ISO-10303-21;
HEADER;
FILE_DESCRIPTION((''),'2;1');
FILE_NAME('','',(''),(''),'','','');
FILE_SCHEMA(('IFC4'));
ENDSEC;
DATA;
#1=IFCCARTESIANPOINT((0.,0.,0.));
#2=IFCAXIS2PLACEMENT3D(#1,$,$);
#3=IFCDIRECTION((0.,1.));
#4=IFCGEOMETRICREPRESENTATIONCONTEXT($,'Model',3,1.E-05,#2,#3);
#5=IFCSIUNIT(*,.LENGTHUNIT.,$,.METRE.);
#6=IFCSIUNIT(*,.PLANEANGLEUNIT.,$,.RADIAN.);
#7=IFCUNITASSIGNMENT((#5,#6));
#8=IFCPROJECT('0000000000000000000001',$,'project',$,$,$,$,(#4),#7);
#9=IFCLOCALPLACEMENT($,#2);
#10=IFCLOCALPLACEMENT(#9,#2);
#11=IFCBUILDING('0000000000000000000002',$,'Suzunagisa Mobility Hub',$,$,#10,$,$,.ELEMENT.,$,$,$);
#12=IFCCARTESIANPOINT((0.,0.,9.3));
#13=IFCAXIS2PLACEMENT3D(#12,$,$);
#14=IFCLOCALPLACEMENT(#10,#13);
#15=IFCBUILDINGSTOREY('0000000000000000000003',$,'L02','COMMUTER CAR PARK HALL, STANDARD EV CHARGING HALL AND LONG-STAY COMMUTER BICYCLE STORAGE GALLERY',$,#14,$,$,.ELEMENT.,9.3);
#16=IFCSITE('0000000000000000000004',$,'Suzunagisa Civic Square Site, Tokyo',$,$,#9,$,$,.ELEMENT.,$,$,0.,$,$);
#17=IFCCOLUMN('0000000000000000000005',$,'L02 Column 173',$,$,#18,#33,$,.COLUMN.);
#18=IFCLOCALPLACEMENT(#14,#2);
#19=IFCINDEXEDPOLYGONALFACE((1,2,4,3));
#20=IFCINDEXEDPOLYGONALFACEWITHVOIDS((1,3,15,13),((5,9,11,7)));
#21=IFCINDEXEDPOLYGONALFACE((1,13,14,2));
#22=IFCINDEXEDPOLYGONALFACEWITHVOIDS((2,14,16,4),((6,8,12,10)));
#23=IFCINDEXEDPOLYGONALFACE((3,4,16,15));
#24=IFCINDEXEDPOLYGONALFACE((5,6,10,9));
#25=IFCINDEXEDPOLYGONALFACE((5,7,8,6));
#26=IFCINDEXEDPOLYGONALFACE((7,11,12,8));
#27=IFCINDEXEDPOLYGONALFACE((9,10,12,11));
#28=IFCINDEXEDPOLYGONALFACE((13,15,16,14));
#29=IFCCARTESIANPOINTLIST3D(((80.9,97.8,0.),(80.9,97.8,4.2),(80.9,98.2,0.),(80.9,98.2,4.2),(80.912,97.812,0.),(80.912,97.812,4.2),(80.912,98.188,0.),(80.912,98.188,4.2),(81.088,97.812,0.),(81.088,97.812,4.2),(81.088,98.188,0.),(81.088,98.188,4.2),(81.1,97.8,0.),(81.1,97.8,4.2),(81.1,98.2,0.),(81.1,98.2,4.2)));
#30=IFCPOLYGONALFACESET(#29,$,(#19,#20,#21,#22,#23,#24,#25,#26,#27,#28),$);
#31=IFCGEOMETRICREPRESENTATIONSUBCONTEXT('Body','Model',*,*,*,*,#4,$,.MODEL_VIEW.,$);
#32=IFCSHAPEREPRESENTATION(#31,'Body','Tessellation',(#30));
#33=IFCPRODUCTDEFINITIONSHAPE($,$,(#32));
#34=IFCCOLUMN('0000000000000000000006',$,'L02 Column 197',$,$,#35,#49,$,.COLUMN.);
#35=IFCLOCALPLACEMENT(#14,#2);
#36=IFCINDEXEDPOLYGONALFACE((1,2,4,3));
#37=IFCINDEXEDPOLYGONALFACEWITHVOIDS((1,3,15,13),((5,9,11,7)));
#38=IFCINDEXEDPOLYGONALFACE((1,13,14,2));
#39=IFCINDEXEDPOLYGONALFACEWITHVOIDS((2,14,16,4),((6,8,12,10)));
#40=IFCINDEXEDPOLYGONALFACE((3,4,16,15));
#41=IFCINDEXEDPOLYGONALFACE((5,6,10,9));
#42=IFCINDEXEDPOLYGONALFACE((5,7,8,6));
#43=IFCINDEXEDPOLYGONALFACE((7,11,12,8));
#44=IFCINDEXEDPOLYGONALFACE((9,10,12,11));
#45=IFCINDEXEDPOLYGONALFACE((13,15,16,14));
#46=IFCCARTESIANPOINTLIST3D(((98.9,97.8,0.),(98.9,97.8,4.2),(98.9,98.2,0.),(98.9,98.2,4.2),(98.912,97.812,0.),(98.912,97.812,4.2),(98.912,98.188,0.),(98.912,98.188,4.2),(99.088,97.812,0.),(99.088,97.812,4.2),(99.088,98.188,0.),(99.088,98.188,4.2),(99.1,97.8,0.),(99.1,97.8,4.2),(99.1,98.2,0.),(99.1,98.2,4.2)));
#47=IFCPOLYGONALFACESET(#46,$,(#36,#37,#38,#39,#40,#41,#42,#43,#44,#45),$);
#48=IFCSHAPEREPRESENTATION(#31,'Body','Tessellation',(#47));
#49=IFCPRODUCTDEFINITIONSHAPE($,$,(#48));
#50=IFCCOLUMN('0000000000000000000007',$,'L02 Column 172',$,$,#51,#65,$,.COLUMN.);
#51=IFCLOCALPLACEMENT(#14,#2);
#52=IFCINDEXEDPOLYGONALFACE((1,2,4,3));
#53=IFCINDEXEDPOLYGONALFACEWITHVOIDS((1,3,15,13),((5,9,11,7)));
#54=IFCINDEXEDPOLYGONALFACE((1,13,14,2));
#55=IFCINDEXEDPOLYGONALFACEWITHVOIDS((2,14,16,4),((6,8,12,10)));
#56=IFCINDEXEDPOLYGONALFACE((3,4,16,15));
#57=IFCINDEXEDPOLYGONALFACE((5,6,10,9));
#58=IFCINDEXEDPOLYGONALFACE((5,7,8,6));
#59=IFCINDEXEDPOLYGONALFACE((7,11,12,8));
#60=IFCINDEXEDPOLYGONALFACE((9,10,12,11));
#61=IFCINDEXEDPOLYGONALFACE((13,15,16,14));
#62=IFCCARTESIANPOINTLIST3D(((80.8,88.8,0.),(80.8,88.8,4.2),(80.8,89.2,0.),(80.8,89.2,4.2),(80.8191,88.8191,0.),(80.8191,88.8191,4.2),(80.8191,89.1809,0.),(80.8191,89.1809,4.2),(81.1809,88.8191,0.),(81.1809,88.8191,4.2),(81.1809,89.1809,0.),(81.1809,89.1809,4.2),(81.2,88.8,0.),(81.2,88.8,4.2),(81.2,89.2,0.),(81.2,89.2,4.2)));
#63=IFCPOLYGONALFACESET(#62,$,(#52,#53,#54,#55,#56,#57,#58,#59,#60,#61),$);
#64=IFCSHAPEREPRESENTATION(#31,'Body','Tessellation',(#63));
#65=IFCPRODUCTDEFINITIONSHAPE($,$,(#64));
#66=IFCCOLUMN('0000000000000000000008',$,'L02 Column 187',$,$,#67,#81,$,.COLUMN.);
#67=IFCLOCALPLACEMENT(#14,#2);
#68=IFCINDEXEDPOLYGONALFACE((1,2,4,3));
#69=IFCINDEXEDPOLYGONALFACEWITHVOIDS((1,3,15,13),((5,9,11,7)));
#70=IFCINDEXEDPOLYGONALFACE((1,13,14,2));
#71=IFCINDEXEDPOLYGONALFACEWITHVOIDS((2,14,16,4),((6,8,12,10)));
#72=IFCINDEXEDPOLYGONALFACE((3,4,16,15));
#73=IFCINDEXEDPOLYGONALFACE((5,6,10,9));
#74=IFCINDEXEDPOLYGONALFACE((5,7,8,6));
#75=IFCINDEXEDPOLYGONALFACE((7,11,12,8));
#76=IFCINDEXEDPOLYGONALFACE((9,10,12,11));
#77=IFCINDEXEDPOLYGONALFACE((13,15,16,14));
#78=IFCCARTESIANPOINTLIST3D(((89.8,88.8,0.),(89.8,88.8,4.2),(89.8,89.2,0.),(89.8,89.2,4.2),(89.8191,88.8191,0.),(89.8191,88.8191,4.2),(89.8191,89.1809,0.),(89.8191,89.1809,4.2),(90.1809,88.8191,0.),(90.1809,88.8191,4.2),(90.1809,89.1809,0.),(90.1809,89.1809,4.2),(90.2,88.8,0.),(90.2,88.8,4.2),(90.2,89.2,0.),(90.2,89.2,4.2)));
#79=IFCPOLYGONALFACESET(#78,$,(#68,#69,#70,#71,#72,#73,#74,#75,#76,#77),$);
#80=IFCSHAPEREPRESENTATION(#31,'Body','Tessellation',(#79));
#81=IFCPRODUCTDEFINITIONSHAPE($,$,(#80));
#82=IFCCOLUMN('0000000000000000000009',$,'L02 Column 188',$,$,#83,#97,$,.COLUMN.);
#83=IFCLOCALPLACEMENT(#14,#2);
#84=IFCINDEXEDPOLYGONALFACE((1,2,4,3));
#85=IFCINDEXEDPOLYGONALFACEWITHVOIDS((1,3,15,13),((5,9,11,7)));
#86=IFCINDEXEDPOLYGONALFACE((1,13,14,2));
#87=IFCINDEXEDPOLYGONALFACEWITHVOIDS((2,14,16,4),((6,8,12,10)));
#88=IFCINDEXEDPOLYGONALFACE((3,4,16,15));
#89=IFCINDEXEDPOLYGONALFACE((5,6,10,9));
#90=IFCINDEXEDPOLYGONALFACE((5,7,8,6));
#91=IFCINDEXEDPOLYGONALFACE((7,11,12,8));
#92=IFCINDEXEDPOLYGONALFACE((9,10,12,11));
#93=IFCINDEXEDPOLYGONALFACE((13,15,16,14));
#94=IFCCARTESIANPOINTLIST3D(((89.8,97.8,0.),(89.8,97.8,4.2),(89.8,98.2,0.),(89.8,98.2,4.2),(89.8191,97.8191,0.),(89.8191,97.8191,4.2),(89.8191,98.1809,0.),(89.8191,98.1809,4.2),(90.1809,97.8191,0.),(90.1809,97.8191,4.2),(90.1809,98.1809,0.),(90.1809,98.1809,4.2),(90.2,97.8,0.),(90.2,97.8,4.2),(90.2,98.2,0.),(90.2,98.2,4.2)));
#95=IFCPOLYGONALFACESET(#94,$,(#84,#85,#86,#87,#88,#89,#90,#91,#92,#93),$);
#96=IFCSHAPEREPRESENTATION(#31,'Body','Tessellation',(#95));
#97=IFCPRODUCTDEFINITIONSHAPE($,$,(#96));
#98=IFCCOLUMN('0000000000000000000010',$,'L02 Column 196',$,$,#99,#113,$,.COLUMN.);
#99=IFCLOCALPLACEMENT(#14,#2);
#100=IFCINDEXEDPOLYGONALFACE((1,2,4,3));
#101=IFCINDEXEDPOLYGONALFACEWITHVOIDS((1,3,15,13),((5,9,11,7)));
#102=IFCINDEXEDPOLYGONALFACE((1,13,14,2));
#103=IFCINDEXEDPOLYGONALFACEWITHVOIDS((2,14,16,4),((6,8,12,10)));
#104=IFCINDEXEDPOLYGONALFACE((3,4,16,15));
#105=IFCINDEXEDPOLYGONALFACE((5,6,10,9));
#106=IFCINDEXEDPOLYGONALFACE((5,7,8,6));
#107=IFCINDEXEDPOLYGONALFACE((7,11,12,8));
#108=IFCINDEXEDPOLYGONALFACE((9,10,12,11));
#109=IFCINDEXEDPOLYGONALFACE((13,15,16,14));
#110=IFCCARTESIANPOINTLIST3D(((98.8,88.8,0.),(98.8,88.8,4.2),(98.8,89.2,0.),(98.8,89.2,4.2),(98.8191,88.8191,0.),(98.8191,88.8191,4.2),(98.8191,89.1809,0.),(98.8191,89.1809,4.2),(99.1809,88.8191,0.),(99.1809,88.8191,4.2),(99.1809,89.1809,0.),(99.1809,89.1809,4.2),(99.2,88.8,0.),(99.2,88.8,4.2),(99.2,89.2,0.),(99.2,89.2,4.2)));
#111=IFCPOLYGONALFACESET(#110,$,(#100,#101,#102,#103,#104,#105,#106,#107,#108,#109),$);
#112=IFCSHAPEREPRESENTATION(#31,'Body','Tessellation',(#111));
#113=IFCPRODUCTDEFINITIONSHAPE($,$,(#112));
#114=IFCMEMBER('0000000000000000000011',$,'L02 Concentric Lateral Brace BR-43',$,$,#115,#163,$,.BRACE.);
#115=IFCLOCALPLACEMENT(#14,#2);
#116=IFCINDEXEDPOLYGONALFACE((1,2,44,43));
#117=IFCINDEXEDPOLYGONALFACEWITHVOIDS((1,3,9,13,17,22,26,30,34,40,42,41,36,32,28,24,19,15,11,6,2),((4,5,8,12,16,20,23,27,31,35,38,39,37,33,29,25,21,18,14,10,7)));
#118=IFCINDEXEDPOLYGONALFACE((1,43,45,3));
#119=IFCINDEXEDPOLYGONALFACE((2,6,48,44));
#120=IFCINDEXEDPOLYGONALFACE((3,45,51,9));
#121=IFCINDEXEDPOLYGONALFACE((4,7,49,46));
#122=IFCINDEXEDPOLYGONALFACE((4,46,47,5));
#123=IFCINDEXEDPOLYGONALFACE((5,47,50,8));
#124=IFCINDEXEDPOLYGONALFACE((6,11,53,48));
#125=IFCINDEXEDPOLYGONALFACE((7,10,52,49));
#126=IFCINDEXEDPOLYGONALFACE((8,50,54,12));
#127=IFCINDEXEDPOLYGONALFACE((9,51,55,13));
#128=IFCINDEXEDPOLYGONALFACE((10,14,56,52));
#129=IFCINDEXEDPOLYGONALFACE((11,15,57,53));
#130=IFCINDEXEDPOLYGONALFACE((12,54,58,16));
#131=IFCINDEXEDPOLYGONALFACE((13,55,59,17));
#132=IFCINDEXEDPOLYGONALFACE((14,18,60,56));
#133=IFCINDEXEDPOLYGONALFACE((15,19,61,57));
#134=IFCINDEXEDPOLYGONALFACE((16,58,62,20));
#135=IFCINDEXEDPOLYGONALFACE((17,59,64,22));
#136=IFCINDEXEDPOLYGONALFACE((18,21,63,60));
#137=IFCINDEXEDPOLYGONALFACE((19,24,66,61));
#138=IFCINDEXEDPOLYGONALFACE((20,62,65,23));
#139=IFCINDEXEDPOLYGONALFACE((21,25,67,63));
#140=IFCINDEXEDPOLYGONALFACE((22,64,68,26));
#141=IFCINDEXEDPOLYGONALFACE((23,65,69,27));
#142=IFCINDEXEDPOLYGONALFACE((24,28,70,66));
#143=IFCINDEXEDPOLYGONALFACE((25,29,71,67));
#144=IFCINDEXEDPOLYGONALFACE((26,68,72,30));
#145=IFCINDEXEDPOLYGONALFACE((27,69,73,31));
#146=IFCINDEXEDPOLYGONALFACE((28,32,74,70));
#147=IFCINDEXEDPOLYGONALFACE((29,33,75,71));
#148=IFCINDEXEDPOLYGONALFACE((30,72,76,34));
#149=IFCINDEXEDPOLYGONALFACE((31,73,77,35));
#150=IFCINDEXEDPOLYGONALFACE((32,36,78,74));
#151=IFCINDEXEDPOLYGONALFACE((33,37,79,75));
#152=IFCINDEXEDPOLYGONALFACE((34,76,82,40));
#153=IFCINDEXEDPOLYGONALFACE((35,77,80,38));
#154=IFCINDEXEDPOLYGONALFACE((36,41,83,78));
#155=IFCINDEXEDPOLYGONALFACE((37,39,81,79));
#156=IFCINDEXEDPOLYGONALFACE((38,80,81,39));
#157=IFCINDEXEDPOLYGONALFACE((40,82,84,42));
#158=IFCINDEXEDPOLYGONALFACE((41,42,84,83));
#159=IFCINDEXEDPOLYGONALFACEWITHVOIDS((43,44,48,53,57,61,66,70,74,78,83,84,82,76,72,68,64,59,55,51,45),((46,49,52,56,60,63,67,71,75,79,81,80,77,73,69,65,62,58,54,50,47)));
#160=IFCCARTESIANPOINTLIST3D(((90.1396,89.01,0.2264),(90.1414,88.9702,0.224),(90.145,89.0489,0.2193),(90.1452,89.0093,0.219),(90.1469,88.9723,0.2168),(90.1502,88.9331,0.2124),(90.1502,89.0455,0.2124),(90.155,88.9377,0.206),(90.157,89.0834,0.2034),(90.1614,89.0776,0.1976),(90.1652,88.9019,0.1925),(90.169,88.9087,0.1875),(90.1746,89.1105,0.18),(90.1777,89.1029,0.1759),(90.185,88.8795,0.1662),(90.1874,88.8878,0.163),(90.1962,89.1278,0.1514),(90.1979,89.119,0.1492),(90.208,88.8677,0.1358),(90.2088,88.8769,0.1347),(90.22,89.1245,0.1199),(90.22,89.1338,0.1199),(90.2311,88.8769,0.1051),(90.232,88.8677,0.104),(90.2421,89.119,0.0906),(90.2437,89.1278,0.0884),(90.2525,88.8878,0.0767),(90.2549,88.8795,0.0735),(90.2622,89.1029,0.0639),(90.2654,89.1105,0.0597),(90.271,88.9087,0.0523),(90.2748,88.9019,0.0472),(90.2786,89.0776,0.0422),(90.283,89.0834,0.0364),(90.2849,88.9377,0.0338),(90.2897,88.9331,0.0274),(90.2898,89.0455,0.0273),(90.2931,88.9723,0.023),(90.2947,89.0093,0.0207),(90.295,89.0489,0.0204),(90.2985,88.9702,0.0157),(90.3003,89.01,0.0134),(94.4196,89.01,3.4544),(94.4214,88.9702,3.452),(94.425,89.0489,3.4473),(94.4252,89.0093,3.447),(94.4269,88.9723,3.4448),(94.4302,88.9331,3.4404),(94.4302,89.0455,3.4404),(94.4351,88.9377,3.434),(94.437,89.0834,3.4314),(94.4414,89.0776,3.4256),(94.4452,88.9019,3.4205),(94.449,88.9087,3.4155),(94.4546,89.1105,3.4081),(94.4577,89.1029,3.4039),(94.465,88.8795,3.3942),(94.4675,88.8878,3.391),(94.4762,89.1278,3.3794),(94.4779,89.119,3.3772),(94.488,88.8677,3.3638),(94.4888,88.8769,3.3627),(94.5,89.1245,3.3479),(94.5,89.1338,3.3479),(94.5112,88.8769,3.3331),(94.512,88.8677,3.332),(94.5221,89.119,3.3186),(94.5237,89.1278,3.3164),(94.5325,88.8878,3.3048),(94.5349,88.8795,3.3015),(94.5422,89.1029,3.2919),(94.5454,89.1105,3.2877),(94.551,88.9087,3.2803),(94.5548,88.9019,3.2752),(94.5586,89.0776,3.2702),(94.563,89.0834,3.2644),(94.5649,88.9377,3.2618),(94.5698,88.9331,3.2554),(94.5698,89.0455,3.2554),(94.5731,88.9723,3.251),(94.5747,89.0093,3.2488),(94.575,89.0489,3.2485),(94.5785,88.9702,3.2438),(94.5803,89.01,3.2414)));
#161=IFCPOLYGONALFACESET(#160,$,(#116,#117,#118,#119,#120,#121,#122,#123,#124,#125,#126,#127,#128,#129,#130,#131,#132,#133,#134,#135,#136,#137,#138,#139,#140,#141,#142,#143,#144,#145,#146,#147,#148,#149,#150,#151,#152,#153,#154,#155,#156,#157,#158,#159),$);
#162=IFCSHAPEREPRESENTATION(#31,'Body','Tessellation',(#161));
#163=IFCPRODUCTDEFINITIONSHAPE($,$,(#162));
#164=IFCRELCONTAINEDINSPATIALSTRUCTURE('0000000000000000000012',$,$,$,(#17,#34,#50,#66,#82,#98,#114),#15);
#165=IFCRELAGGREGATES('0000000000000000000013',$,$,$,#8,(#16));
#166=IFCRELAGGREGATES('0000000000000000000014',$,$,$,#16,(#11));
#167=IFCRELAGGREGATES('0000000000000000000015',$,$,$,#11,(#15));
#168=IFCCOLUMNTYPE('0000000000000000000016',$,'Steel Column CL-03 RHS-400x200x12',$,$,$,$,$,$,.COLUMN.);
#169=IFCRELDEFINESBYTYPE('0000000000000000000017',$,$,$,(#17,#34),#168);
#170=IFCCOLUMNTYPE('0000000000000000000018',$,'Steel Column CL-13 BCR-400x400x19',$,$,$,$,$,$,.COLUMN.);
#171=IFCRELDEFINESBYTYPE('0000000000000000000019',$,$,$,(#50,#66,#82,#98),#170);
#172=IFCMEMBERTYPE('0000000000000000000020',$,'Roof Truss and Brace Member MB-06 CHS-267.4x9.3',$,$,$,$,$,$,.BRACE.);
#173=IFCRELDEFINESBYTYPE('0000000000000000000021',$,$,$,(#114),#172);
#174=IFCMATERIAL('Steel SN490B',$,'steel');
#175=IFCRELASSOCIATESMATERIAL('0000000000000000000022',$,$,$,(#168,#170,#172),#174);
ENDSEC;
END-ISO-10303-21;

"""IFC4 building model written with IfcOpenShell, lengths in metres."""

from ifc_helpers import new_model, si_unit, direction, frame, origin, origin_2d, place, context, subcontext, project, spatial, hollow_rectangle, hollow_circle, extrude, material, material_profile, profile_set, type_object, element, save


model = new_model("IFC4")

# Units and contexts
model_context = context("Model", 3, precision=1e-05, world=origin(), true_north=direction((0.0, 1.0)))
body_context = subcontext(model_context, "Body", "Model", "MODEL_VIEW")
ifc_project = project(units=[si_unit("LENGTHUNIT", "METRE"), si_unit("PLANEANGLEUNIT", "RADIAN")], contexts=[model_context])

# Site, building, storey
site_placement = place(None, origin())
site = spatial("IfcSite", under=ifc_project, at=site_placement, Name="Suzunagisa Civic Square Site, Tokyo", CompositionType="ELEMENT", RefElevation=0.0)
building_placement = place(site_placement, origin())
building = spatial("IfcBuilding", under=site, at=building_placement, Name="Suzunagisa Mobility Hub", CompositionType="ELEMENT")
storey_placement = place(building_placement, frame((0.0, 0.0, 9.3)))
storey = spatial("IfcBuildingStorey", under=building, at=storey_placement, Name="L02", Description="COMMUTER CAR PARK HALL, STANDARD EV CHARGING HALL AND LONG-STAY COMMUTER BICYCLE STORAGE GALLERY", CompositionType="ELEMENT", Elevation=9.3)

# Columns
ifc_material_1 = material(Name="Steel SN490B", Category="steel")
ifc_material_profile_1 = material_profile(ifc_material_1, hollow_rectangle(XDim=0.2, YDim=0.3999, WallThickness=0.012, at=origin_2d()), Name="RHS-400x200x12")
ifc_profile_set_1 = profile_set([ifc_material_profile_1], Name="Steel SN490B")
column_type_1 = type_object("IfcColumnType", Name="Steel Column CL-03 RHS-400x200x12", PredefinedType="COLUMN", material=ifc_profile_set_1)
for number, where, z_axis, x_axis, name in (
    (1, (81.0, 98.0, 0.0), (0.0, 0.0, 1.0), (1.0, 0.0, 0.0), "L02 Column 173"),
    (2, (99.0, 98.0, 0.0), (0.0, 0.0, 1.0), (1.0, 0.0, 0.0), "L02 Column 197"),
):
    element("IfcColumn", number, at=place(storey_placement, frame(where, z_axis=z_axis, x_axis=x_axis)), inside=storey, type_object=column_type_1, Name=name, PredefinedType="COLUMN", context=body_context, shape_type="SweptSolid", body=[
        extrude(hollow_rectangle(XDim=0.2, YDim=0.3999, WallThickness=0.012, at=origin_2d()), origin(), (0.0, 0.0, 1.0), 4.2),
    ])
ifc_material_profile_2 = material_profile(ifc_material_1, hollow_rectangle(XDim=0.3999, YDim=0.3999, WallThickness=0.019, at=origin_2d()), Name="BCR-400x400x19")
ifc_profile_set_2 = profile_set([ifc_material_profile_2], Name="Steel SN490B")
column_type_2 = type_object("IfcColumnType", Name="Steel Column CL-13 BCR-400x400x19", PredefinedType="COLUMN", material=ifc_profile_set_2)
for number, where, z_axis, x_axis, name in (
    (3, (81.0, 89.0, 0.0), (0.0, 0.0, 1.0), (1.0, 0.0, 0.0), "L02 Column 172"),
    (4, (90.0, 89.0, 0.0), (0.0, 0.0, 1.0), (1.0, 0.0, 0.0), "L02 Column 187"),
    (5, (90.0, 98.0, 0.0), (0.0, 0.0, 1.0), (1.0, 0.0, 0.0), "L02 Column 188"),
    (6, (99.0, 89.0, 0.0), (0.0, 0.0, 1.0), (1.0, 0.0, 0.0), "L02 Column 196"),
):
    element("IfcColumn", number, at=place(storey_placement, frame(where, z_axis=z_axis, x_axis=x_axis)), inside=storey, type_object=column_type_2, Name=name, PredefinedType="COLUMN", context=body_context, shape_type="SweptSolid", body=[
        extrude(hollow_rectangle(XDim=0.3999, YDim=0.3999, WallThickness=0.019, at=origin_2d()), origin(), (0.0, 0.0, 1.0), 4.2),
    ])

# Member
ifc_material_profile_3 = material_profile(ifc_material_1, hollow_circle(Radius=0.1338, WallThickness=0.0093, at=origin_2d()), Name="CHS-267.4x9.3")
ifc_profile_set_3 = profile_set([ifc_material_profile_3], Name="Steel SN490B")
member_type = type_object("IfcMemberType", Name="Roof Truss and Brace Member MB-06 CHS-267.4x9.3", PredefinedType="BRACE", material=ifc_profile_set_3)
for number, where, z_axis, x_axis, name in (
    (7, (90.22, 89.0, 0.1199), (0.798385, 0.0, 0.602147), (0.0, 1.0, 0.0), "L02 Concentric Lateral Brace BR-43"),
):
    element("IfcMember", number, at=place(storey_placement, frame(where, z_axis=z_axis, x_axis=x_axis)), inside=storey, type_object=member_type, Name=name, PredefinedType="BRACE", context=body_context, shape_type="SweptSolid", body=[
        extrude(hollow_circle(Radius=0.1338, WallThickness=0.0093, at=origin_2d()), origin(), (0.0, 0.0, 1.0), 5.3608),
    ])

save(model, "model.ifc")
